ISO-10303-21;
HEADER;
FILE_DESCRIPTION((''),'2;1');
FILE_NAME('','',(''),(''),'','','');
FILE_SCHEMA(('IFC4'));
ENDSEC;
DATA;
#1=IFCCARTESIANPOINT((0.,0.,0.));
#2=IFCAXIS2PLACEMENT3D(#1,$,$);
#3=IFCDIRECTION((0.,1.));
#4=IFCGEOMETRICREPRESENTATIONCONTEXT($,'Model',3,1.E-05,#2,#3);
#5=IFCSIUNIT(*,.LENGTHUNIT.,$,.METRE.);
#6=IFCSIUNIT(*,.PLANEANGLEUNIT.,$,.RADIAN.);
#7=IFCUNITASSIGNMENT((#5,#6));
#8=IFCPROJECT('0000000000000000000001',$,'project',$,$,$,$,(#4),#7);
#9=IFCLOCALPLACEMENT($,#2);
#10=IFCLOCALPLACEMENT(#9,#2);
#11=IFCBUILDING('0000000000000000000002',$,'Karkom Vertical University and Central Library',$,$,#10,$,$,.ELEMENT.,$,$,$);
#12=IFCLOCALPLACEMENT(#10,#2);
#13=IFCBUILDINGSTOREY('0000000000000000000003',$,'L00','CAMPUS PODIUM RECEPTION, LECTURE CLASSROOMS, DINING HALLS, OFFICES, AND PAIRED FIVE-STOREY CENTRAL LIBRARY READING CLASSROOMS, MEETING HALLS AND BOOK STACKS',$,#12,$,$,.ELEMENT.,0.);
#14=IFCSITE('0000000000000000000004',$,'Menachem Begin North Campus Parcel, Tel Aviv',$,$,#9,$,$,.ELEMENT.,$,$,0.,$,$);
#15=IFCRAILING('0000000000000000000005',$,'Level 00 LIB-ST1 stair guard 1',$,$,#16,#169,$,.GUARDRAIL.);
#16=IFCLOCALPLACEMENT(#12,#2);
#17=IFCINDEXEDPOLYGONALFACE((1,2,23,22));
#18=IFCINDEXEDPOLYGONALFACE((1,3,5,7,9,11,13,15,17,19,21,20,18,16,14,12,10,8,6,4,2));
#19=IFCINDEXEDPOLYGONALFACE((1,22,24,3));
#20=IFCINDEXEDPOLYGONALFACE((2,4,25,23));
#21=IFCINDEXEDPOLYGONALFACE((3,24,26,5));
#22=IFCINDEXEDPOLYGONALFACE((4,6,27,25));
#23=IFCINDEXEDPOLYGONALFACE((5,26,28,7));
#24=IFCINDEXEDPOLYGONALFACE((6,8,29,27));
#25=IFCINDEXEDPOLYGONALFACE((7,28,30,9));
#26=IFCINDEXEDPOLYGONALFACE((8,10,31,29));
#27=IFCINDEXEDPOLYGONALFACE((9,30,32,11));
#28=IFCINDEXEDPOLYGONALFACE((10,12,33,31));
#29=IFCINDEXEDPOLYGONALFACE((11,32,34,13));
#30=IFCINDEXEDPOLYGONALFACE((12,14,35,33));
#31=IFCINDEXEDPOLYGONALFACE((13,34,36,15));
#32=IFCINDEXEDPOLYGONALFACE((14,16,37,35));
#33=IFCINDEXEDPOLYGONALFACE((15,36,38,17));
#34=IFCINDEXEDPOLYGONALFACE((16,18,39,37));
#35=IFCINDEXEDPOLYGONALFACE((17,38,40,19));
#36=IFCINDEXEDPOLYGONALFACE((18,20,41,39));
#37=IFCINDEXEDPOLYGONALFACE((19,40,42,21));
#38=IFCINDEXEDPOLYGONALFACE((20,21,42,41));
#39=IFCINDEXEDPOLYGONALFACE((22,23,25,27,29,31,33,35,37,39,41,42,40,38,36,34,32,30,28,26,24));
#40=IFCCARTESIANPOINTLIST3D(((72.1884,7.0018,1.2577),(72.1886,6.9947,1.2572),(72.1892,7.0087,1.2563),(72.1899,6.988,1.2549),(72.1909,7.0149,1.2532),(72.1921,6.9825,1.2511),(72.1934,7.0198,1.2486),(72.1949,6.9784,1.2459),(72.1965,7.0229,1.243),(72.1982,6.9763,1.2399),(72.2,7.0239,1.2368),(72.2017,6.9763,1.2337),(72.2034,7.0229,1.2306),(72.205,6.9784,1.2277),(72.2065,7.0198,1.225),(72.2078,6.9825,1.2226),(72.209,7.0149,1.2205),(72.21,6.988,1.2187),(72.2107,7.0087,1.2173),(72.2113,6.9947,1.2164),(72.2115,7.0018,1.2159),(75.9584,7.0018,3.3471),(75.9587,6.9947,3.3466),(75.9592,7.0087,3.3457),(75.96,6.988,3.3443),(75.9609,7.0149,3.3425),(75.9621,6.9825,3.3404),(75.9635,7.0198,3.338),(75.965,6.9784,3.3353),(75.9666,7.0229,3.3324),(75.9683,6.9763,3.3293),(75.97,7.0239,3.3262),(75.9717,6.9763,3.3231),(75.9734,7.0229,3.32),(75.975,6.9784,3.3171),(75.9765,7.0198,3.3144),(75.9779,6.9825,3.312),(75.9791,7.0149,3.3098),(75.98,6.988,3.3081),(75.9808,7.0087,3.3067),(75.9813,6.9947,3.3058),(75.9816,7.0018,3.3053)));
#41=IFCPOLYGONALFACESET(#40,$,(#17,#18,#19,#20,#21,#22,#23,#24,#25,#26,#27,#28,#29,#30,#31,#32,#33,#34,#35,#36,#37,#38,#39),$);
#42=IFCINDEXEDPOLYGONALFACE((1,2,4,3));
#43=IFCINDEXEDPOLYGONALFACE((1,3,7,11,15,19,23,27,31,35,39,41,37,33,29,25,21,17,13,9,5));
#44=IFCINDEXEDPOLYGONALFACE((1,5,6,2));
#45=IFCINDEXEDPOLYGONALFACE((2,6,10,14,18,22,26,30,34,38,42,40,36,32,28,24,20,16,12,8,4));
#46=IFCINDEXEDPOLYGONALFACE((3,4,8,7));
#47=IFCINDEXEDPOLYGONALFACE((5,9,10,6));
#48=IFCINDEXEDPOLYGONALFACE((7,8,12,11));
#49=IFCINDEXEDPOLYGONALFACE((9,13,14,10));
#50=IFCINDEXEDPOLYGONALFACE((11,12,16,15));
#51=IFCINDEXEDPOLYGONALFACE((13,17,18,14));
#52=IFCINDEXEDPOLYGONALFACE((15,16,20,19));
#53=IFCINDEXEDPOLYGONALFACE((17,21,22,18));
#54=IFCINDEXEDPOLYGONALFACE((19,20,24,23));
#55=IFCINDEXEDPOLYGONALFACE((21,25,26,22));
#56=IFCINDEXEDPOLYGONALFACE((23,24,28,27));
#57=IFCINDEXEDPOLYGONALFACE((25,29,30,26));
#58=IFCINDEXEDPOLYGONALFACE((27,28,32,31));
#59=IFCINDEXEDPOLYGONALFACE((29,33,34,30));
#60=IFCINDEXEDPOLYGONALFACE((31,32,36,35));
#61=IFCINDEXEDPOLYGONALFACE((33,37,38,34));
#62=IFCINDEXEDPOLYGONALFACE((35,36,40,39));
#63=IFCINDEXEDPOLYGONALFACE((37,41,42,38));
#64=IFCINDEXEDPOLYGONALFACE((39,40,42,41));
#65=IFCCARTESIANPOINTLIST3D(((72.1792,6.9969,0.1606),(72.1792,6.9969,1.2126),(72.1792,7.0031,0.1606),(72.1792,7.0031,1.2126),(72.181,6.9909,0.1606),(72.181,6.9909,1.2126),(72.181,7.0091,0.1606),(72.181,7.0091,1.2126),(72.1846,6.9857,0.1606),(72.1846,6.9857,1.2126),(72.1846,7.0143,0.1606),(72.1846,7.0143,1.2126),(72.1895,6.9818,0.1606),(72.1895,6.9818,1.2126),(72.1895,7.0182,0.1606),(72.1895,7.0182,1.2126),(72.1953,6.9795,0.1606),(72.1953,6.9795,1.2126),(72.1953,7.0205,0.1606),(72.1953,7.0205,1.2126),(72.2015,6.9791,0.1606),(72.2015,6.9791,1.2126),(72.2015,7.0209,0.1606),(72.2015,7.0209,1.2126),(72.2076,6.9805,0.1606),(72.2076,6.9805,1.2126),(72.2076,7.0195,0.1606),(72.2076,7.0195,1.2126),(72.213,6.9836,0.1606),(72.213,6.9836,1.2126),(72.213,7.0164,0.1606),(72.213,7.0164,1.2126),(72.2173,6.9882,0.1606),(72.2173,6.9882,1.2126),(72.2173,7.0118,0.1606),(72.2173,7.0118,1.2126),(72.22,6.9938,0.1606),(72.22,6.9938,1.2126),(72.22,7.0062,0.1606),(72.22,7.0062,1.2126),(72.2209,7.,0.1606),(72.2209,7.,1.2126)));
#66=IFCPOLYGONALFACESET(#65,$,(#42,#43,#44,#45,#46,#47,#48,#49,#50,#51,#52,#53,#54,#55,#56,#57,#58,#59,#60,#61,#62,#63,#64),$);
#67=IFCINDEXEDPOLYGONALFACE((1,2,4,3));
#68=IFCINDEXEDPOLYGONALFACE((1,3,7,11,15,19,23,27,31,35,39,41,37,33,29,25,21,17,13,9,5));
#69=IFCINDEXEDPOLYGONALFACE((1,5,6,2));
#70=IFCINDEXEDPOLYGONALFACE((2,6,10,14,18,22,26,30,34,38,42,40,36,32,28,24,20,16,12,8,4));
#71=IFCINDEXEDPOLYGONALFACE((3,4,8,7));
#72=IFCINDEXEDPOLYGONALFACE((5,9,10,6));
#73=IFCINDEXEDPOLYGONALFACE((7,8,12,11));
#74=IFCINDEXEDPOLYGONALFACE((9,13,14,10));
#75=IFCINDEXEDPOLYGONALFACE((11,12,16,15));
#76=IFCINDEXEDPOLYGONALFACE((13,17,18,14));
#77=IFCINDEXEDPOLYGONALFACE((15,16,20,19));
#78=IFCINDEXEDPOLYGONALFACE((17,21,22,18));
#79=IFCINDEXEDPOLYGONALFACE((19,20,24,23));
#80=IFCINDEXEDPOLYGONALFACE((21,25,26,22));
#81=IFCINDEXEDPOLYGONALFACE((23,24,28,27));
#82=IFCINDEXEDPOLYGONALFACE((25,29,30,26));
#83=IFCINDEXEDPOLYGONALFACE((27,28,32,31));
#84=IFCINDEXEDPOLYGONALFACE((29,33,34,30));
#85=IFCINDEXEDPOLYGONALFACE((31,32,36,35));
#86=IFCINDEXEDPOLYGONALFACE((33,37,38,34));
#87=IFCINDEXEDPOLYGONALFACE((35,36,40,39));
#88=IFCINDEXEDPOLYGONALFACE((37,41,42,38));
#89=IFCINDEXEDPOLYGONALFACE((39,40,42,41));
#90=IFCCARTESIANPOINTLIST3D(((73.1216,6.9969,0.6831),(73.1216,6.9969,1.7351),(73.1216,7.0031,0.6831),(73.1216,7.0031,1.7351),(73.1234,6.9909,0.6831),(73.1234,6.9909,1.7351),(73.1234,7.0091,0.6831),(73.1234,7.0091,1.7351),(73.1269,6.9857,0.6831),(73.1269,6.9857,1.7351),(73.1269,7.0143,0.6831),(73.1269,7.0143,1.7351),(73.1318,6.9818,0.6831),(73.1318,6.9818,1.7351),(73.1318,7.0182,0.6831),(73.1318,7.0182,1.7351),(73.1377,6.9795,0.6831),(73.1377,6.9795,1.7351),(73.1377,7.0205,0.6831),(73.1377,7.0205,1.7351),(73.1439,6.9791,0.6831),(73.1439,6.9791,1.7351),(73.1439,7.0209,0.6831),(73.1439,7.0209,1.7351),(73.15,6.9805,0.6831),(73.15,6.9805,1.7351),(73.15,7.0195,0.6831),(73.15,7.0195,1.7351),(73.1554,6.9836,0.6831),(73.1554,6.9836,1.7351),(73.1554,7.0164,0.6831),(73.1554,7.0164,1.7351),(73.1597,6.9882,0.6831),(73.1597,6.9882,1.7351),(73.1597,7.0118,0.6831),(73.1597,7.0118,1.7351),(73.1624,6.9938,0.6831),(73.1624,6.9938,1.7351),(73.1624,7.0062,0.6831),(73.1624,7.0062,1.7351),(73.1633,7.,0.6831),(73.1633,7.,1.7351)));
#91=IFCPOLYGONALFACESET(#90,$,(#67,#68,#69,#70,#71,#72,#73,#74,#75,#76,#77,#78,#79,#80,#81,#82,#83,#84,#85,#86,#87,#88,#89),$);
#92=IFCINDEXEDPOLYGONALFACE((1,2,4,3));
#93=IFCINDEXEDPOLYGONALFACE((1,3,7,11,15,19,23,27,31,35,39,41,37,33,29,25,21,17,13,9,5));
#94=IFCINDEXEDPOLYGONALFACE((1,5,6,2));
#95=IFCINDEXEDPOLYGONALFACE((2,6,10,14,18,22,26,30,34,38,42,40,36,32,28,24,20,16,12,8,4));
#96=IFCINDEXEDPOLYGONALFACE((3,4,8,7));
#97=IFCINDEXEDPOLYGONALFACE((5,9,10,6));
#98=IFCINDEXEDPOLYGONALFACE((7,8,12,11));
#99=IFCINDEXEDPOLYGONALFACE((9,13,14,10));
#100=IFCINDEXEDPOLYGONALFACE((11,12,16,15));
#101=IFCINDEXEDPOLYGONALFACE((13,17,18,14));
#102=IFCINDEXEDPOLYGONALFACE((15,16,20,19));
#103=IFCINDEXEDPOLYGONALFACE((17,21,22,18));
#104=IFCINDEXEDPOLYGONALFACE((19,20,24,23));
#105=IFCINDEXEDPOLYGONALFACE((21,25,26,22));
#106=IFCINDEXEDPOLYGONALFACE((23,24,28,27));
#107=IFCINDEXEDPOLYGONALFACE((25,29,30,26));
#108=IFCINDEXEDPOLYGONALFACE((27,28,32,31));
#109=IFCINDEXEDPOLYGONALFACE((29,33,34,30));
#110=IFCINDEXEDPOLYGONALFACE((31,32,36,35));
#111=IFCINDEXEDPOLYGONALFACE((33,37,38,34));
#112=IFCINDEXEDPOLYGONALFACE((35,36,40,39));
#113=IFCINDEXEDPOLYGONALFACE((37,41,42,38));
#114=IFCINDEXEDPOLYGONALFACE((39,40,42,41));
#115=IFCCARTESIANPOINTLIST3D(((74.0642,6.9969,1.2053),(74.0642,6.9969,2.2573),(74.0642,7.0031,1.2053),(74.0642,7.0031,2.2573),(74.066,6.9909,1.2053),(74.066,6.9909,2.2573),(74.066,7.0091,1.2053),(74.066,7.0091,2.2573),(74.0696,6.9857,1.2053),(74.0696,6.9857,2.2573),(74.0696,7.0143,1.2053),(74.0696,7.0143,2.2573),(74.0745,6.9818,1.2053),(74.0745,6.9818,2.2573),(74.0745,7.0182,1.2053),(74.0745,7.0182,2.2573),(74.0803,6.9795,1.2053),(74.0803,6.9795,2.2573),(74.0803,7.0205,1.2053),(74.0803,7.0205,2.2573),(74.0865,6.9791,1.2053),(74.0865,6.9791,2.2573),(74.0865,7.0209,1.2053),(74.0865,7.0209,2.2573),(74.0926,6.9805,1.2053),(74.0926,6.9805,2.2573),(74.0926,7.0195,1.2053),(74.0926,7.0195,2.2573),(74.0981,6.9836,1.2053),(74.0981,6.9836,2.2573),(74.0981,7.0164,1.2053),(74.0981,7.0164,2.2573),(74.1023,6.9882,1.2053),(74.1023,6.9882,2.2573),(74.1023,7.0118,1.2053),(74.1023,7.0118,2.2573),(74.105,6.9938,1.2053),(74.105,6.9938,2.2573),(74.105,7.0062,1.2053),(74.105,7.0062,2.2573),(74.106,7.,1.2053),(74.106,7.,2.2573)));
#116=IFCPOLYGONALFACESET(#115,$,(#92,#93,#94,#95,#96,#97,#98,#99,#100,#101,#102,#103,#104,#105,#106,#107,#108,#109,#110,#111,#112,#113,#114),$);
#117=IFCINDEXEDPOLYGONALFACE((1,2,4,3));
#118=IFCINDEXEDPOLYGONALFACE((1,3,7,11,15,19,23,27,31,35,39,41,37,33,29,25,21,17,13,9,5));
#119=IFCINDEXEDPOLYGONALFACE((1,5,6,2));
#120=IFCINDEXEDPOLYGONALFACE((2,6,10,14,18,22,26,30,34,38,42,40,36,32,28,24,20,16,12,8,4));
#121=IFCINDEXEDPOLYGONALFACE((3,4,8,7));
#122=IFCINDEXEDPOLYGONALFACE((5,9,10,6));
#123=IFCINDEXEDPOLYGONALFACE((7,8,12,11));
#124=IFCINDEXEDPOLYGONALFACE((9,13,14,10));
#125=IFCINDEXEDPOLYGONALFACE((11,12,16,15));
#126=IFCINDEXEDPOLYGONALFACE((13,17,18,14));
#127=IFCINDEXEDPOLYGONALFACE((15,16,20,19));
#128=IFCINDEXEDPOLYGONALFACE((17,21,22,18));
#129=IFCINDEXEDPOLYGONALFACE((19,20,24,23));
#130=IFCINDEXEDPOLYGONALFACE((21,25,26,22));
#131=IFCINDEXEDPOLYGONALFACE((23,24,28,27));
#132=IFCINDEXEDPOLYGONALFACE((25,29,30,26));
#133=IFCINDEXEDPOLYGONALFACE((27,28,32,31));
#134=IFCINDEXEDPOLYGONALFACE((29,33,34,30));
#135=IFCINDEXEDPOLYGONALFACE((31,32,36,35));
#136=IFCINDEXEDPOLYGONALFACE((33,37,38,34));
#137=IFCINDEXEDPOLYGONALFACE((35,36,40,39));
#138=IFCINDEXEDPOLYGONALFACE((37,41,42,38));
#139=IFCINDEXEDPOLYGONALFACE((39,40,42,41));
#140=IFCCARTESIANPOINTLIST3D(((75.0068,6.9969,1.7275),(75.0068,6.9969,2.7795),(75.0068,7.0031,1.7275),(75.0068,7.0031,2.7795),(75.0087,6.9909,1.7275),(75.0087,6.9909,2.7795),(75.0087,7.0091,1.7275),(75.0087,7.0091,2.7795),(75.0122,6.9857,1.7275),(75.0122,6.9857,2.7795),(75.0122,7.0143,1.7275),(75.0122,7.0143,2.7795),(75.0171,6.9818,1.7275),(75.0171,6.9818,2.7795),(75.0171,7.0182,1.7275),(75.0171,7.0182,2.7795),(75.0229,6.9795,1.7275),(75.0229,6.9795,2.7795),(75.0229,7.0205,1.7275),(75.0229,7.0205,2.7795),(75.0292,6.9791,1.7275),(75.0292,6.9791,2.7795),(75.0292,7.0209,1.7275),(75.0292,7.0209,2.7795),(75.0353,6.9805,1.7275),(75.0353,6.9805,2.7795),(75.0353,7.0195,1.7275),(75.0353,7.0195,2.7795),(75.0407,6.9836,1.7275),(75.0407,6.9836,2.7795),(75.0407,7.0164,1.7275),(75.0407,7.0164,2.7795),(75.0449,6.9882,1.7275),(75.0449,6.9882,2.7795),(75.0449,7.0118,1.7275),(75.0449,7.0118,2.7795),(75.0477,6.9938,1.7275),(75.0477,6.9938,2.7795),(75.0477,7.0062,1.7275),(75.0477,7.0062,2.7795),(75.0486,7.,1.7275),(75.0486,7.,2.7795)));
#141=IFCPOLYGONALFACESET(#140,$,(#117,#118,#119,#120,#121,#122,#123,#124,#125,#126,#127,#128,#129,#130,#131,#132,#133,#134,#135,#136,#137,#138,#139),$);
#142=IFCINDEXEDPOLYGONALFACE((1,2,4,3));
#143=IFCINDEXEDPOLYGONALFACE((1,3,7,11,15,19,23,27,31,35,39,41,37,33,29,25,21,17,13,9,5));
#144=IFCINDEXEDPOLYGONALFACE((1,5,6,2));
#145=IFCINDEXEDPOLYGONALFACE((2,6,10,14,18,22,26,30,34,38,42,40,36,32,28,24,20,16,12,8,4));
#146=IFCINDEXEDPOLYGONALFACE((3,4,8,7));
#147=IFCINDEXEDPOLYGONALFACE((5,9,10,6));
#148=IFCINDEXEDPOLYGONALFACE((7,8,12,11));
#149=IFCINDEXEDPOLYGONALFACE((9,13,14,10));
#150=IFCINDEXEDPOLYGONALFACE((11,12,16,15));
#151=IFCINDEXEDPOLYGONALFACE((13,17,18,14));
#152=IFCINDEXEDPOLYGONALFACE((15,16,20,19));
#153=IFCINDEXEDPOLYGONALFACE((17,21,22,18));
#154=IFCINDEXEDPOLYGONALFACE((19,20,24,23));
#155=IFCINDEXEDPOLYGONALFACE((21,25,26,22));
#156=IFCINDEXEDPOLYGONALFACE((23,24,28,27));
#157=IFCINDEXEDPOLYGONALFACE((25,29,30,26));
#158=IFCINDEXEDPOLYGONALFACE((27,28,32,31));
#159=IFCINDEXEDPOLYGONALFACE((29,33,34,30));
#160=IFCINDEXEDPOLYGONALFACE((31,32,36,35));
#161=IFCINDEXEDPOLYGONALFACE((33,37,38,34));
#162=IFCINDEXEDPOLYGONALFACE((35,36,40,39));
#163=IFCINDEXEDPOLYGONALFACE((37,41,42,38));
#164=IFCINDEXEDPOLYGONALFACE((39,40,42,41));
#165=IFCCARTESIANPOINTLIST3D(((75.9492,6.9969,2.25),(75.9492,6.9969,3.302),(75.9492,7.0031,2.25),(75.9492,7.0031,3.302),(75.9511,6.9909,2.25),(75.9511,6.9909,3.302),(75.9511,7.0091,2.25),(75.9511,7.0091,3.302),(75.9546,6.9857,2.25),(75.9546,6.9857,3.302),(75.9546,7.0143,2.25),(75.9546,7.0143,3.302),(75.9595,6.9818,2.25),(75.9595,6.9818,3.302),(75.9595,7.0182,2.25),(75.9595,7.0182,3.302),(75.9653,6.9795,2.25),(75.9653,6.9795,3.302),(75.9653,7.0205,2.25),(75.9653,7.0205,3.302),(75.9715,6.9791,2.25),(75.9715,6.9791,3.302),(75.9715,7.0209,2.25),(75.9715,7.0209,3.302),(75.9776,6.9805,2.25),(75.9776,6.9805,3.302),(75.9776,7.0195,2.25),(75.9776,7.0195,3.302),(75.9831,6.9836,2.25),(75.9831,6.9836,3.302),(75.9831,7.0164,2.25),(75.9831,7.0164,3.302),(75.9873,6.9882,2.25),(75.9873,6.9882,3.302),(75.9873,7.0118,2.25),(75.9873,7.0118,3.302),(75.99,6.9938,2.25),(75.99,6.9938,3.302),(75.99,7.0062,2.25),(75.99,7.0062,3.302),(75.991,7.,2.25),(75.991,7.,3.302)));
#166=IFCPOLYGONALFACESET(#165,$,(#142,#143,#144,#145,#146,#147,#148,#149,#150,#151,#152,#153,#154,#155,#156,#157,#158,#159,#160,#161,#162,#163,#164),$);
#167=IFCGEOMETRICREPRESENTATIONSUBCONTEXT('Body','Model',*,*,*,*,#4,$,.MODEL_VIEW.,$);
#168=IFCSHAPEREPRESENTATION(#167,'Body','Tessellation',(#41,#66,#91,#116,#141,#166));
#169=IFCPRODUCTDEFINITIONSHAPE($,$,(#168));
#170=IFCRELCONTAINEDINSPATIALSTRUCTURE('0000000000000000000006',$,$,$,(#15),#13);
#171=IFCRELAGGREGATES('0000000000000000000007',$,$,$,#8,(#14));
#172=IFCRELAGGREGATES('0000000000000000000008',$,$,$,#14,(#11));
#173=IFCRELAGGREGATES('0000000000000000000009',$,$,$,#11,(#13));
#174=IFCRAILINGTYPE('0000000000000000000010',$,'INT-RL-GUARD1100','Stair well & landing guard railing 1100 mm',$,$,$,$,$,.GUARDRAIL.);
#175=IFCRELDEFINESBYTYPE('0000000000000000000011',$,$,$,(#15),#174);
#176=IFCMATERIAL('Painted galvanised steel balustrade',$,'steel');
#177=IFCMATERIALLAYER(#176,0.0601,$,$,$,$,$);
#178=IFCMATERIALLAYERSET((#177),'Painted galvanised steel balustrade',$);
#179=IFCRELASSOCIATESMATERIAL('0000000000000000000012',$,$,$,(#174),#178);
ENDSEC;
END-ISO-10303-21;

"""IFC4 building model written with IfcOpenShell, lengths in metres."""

from ifc_helpers import new_model, si_unit, direction, frame, origin, origin_2d, place, context, subcontext, project, spatial, circle, extrude, material, layer, layer_set, type_object, element, save


model = new_model("IFC4")

# Units and contexts
model_context = context("Model", 3, precision=1e-05, world=origin(), true_north=direction((0.0, 1.0)))
body_context = subcontext(model_context, "Body", "Model", "MODEL_VIEW")
ifc_project = project(units=[si_unit("LENGTHUNIT", "METRE"), si_unit("PLANEANGLEUNIT", "RADIAN")], contexts=[model_context])

# Site, building, storey
site_placement = place(None, origin())
site = spatial("IfcSite", under=ifc_project, at=site_placement, Name="Menachem Begin North Campus Parcel, Tel Aviv", CompositionType="ELEMENT", RefElevation=0.0)
building_placement = place(site_placement, origin())
building = spatial("IfcBuilding", under=site, at=building_placement, Name="Karkom Vertical University and Central Library", CompositionType="ELEMENT")
storey_placement = place(building_placement, origin())
storey = spatial("IfcBuildingStorey", under=building, at=storey_placement, Name="L00", Description="CAMPUS PODIUM RECEPTION, LECTURE CLASSROOMS, DINING HALLS, OFFICES, AND PAIRED FIVE-STOREY CENTRAL LIBRARY READING CLASSROOMS, MEETING HALLS AND BOOK STACKS", CompositionType="ELEMENT", Elevation=0.0)

# Railing
ifc_material_1 = material(Name="Painted galvanised steel balustrade", Category="steel")
ifc_layer_1 = layer(ifc_material_1, 0.0601)
ifc_layer_set_1 = layer_set([ifc_layer_1], Name="Painted galvanised steel balustrade")
railing_type_1 = type_object("IfcRailingType", Name="INT-RL-GUARD1100", Description="Stair well & landing guard railing 1100 mm", PredefinedType="GUARDRAIL", material=ifc_layer_set_1)
railing_1_placement = place(storey_placement, frame((72.2, 7.0, 0.1606)))
element("IfcRailing", 1, at=railing_1_placement, inside=storey, type_object=railing_type_1, Name="Level 00 LIB-ST1 stair guard 1", PredefinedType="GUARDRAIL", context=body_context, shape_type="SweptSolid", body=[
    extrude(circle(Radius=0.0239, at=origin_2d()), frame((0.0, 0.0, 1.0762), z_axis=(0.874659, 0.0, 0.484739), x_axis=(0.0, 1.0, 0.0)), (0.0, 0.0, 1.0), 4.3103),
    extrude(circle(Radius=0.021, at=origin_2d()), origin(), (0.0, 0.0, 1.0), 1.052),
    extrude(circle(Radius=0.021, at=origin_2d()), frame((0.9424, 0.0, 0.5225)), (0.0, 0.0, 1.0), 1.052),
    extrude(circle(Radius=0.021, at=origin_2d()), frame((1.885, 0.0, 1.0447)), (0.0, 0.0, 1.0), 1.052),
    extrude(circle(Radius=0.021, at=origin_2d()), frame((2.8276, 0.0, 1.5669)), (0.0, 0.0, 1.0), 1.052),
    extrude(circle(Radius=0.021, at=origin_2d()), frame((3.77, 0.0, 2.0894)), (0.0, 0.0, 1.0), 1.052),
])

save(model, "model.ifc")
